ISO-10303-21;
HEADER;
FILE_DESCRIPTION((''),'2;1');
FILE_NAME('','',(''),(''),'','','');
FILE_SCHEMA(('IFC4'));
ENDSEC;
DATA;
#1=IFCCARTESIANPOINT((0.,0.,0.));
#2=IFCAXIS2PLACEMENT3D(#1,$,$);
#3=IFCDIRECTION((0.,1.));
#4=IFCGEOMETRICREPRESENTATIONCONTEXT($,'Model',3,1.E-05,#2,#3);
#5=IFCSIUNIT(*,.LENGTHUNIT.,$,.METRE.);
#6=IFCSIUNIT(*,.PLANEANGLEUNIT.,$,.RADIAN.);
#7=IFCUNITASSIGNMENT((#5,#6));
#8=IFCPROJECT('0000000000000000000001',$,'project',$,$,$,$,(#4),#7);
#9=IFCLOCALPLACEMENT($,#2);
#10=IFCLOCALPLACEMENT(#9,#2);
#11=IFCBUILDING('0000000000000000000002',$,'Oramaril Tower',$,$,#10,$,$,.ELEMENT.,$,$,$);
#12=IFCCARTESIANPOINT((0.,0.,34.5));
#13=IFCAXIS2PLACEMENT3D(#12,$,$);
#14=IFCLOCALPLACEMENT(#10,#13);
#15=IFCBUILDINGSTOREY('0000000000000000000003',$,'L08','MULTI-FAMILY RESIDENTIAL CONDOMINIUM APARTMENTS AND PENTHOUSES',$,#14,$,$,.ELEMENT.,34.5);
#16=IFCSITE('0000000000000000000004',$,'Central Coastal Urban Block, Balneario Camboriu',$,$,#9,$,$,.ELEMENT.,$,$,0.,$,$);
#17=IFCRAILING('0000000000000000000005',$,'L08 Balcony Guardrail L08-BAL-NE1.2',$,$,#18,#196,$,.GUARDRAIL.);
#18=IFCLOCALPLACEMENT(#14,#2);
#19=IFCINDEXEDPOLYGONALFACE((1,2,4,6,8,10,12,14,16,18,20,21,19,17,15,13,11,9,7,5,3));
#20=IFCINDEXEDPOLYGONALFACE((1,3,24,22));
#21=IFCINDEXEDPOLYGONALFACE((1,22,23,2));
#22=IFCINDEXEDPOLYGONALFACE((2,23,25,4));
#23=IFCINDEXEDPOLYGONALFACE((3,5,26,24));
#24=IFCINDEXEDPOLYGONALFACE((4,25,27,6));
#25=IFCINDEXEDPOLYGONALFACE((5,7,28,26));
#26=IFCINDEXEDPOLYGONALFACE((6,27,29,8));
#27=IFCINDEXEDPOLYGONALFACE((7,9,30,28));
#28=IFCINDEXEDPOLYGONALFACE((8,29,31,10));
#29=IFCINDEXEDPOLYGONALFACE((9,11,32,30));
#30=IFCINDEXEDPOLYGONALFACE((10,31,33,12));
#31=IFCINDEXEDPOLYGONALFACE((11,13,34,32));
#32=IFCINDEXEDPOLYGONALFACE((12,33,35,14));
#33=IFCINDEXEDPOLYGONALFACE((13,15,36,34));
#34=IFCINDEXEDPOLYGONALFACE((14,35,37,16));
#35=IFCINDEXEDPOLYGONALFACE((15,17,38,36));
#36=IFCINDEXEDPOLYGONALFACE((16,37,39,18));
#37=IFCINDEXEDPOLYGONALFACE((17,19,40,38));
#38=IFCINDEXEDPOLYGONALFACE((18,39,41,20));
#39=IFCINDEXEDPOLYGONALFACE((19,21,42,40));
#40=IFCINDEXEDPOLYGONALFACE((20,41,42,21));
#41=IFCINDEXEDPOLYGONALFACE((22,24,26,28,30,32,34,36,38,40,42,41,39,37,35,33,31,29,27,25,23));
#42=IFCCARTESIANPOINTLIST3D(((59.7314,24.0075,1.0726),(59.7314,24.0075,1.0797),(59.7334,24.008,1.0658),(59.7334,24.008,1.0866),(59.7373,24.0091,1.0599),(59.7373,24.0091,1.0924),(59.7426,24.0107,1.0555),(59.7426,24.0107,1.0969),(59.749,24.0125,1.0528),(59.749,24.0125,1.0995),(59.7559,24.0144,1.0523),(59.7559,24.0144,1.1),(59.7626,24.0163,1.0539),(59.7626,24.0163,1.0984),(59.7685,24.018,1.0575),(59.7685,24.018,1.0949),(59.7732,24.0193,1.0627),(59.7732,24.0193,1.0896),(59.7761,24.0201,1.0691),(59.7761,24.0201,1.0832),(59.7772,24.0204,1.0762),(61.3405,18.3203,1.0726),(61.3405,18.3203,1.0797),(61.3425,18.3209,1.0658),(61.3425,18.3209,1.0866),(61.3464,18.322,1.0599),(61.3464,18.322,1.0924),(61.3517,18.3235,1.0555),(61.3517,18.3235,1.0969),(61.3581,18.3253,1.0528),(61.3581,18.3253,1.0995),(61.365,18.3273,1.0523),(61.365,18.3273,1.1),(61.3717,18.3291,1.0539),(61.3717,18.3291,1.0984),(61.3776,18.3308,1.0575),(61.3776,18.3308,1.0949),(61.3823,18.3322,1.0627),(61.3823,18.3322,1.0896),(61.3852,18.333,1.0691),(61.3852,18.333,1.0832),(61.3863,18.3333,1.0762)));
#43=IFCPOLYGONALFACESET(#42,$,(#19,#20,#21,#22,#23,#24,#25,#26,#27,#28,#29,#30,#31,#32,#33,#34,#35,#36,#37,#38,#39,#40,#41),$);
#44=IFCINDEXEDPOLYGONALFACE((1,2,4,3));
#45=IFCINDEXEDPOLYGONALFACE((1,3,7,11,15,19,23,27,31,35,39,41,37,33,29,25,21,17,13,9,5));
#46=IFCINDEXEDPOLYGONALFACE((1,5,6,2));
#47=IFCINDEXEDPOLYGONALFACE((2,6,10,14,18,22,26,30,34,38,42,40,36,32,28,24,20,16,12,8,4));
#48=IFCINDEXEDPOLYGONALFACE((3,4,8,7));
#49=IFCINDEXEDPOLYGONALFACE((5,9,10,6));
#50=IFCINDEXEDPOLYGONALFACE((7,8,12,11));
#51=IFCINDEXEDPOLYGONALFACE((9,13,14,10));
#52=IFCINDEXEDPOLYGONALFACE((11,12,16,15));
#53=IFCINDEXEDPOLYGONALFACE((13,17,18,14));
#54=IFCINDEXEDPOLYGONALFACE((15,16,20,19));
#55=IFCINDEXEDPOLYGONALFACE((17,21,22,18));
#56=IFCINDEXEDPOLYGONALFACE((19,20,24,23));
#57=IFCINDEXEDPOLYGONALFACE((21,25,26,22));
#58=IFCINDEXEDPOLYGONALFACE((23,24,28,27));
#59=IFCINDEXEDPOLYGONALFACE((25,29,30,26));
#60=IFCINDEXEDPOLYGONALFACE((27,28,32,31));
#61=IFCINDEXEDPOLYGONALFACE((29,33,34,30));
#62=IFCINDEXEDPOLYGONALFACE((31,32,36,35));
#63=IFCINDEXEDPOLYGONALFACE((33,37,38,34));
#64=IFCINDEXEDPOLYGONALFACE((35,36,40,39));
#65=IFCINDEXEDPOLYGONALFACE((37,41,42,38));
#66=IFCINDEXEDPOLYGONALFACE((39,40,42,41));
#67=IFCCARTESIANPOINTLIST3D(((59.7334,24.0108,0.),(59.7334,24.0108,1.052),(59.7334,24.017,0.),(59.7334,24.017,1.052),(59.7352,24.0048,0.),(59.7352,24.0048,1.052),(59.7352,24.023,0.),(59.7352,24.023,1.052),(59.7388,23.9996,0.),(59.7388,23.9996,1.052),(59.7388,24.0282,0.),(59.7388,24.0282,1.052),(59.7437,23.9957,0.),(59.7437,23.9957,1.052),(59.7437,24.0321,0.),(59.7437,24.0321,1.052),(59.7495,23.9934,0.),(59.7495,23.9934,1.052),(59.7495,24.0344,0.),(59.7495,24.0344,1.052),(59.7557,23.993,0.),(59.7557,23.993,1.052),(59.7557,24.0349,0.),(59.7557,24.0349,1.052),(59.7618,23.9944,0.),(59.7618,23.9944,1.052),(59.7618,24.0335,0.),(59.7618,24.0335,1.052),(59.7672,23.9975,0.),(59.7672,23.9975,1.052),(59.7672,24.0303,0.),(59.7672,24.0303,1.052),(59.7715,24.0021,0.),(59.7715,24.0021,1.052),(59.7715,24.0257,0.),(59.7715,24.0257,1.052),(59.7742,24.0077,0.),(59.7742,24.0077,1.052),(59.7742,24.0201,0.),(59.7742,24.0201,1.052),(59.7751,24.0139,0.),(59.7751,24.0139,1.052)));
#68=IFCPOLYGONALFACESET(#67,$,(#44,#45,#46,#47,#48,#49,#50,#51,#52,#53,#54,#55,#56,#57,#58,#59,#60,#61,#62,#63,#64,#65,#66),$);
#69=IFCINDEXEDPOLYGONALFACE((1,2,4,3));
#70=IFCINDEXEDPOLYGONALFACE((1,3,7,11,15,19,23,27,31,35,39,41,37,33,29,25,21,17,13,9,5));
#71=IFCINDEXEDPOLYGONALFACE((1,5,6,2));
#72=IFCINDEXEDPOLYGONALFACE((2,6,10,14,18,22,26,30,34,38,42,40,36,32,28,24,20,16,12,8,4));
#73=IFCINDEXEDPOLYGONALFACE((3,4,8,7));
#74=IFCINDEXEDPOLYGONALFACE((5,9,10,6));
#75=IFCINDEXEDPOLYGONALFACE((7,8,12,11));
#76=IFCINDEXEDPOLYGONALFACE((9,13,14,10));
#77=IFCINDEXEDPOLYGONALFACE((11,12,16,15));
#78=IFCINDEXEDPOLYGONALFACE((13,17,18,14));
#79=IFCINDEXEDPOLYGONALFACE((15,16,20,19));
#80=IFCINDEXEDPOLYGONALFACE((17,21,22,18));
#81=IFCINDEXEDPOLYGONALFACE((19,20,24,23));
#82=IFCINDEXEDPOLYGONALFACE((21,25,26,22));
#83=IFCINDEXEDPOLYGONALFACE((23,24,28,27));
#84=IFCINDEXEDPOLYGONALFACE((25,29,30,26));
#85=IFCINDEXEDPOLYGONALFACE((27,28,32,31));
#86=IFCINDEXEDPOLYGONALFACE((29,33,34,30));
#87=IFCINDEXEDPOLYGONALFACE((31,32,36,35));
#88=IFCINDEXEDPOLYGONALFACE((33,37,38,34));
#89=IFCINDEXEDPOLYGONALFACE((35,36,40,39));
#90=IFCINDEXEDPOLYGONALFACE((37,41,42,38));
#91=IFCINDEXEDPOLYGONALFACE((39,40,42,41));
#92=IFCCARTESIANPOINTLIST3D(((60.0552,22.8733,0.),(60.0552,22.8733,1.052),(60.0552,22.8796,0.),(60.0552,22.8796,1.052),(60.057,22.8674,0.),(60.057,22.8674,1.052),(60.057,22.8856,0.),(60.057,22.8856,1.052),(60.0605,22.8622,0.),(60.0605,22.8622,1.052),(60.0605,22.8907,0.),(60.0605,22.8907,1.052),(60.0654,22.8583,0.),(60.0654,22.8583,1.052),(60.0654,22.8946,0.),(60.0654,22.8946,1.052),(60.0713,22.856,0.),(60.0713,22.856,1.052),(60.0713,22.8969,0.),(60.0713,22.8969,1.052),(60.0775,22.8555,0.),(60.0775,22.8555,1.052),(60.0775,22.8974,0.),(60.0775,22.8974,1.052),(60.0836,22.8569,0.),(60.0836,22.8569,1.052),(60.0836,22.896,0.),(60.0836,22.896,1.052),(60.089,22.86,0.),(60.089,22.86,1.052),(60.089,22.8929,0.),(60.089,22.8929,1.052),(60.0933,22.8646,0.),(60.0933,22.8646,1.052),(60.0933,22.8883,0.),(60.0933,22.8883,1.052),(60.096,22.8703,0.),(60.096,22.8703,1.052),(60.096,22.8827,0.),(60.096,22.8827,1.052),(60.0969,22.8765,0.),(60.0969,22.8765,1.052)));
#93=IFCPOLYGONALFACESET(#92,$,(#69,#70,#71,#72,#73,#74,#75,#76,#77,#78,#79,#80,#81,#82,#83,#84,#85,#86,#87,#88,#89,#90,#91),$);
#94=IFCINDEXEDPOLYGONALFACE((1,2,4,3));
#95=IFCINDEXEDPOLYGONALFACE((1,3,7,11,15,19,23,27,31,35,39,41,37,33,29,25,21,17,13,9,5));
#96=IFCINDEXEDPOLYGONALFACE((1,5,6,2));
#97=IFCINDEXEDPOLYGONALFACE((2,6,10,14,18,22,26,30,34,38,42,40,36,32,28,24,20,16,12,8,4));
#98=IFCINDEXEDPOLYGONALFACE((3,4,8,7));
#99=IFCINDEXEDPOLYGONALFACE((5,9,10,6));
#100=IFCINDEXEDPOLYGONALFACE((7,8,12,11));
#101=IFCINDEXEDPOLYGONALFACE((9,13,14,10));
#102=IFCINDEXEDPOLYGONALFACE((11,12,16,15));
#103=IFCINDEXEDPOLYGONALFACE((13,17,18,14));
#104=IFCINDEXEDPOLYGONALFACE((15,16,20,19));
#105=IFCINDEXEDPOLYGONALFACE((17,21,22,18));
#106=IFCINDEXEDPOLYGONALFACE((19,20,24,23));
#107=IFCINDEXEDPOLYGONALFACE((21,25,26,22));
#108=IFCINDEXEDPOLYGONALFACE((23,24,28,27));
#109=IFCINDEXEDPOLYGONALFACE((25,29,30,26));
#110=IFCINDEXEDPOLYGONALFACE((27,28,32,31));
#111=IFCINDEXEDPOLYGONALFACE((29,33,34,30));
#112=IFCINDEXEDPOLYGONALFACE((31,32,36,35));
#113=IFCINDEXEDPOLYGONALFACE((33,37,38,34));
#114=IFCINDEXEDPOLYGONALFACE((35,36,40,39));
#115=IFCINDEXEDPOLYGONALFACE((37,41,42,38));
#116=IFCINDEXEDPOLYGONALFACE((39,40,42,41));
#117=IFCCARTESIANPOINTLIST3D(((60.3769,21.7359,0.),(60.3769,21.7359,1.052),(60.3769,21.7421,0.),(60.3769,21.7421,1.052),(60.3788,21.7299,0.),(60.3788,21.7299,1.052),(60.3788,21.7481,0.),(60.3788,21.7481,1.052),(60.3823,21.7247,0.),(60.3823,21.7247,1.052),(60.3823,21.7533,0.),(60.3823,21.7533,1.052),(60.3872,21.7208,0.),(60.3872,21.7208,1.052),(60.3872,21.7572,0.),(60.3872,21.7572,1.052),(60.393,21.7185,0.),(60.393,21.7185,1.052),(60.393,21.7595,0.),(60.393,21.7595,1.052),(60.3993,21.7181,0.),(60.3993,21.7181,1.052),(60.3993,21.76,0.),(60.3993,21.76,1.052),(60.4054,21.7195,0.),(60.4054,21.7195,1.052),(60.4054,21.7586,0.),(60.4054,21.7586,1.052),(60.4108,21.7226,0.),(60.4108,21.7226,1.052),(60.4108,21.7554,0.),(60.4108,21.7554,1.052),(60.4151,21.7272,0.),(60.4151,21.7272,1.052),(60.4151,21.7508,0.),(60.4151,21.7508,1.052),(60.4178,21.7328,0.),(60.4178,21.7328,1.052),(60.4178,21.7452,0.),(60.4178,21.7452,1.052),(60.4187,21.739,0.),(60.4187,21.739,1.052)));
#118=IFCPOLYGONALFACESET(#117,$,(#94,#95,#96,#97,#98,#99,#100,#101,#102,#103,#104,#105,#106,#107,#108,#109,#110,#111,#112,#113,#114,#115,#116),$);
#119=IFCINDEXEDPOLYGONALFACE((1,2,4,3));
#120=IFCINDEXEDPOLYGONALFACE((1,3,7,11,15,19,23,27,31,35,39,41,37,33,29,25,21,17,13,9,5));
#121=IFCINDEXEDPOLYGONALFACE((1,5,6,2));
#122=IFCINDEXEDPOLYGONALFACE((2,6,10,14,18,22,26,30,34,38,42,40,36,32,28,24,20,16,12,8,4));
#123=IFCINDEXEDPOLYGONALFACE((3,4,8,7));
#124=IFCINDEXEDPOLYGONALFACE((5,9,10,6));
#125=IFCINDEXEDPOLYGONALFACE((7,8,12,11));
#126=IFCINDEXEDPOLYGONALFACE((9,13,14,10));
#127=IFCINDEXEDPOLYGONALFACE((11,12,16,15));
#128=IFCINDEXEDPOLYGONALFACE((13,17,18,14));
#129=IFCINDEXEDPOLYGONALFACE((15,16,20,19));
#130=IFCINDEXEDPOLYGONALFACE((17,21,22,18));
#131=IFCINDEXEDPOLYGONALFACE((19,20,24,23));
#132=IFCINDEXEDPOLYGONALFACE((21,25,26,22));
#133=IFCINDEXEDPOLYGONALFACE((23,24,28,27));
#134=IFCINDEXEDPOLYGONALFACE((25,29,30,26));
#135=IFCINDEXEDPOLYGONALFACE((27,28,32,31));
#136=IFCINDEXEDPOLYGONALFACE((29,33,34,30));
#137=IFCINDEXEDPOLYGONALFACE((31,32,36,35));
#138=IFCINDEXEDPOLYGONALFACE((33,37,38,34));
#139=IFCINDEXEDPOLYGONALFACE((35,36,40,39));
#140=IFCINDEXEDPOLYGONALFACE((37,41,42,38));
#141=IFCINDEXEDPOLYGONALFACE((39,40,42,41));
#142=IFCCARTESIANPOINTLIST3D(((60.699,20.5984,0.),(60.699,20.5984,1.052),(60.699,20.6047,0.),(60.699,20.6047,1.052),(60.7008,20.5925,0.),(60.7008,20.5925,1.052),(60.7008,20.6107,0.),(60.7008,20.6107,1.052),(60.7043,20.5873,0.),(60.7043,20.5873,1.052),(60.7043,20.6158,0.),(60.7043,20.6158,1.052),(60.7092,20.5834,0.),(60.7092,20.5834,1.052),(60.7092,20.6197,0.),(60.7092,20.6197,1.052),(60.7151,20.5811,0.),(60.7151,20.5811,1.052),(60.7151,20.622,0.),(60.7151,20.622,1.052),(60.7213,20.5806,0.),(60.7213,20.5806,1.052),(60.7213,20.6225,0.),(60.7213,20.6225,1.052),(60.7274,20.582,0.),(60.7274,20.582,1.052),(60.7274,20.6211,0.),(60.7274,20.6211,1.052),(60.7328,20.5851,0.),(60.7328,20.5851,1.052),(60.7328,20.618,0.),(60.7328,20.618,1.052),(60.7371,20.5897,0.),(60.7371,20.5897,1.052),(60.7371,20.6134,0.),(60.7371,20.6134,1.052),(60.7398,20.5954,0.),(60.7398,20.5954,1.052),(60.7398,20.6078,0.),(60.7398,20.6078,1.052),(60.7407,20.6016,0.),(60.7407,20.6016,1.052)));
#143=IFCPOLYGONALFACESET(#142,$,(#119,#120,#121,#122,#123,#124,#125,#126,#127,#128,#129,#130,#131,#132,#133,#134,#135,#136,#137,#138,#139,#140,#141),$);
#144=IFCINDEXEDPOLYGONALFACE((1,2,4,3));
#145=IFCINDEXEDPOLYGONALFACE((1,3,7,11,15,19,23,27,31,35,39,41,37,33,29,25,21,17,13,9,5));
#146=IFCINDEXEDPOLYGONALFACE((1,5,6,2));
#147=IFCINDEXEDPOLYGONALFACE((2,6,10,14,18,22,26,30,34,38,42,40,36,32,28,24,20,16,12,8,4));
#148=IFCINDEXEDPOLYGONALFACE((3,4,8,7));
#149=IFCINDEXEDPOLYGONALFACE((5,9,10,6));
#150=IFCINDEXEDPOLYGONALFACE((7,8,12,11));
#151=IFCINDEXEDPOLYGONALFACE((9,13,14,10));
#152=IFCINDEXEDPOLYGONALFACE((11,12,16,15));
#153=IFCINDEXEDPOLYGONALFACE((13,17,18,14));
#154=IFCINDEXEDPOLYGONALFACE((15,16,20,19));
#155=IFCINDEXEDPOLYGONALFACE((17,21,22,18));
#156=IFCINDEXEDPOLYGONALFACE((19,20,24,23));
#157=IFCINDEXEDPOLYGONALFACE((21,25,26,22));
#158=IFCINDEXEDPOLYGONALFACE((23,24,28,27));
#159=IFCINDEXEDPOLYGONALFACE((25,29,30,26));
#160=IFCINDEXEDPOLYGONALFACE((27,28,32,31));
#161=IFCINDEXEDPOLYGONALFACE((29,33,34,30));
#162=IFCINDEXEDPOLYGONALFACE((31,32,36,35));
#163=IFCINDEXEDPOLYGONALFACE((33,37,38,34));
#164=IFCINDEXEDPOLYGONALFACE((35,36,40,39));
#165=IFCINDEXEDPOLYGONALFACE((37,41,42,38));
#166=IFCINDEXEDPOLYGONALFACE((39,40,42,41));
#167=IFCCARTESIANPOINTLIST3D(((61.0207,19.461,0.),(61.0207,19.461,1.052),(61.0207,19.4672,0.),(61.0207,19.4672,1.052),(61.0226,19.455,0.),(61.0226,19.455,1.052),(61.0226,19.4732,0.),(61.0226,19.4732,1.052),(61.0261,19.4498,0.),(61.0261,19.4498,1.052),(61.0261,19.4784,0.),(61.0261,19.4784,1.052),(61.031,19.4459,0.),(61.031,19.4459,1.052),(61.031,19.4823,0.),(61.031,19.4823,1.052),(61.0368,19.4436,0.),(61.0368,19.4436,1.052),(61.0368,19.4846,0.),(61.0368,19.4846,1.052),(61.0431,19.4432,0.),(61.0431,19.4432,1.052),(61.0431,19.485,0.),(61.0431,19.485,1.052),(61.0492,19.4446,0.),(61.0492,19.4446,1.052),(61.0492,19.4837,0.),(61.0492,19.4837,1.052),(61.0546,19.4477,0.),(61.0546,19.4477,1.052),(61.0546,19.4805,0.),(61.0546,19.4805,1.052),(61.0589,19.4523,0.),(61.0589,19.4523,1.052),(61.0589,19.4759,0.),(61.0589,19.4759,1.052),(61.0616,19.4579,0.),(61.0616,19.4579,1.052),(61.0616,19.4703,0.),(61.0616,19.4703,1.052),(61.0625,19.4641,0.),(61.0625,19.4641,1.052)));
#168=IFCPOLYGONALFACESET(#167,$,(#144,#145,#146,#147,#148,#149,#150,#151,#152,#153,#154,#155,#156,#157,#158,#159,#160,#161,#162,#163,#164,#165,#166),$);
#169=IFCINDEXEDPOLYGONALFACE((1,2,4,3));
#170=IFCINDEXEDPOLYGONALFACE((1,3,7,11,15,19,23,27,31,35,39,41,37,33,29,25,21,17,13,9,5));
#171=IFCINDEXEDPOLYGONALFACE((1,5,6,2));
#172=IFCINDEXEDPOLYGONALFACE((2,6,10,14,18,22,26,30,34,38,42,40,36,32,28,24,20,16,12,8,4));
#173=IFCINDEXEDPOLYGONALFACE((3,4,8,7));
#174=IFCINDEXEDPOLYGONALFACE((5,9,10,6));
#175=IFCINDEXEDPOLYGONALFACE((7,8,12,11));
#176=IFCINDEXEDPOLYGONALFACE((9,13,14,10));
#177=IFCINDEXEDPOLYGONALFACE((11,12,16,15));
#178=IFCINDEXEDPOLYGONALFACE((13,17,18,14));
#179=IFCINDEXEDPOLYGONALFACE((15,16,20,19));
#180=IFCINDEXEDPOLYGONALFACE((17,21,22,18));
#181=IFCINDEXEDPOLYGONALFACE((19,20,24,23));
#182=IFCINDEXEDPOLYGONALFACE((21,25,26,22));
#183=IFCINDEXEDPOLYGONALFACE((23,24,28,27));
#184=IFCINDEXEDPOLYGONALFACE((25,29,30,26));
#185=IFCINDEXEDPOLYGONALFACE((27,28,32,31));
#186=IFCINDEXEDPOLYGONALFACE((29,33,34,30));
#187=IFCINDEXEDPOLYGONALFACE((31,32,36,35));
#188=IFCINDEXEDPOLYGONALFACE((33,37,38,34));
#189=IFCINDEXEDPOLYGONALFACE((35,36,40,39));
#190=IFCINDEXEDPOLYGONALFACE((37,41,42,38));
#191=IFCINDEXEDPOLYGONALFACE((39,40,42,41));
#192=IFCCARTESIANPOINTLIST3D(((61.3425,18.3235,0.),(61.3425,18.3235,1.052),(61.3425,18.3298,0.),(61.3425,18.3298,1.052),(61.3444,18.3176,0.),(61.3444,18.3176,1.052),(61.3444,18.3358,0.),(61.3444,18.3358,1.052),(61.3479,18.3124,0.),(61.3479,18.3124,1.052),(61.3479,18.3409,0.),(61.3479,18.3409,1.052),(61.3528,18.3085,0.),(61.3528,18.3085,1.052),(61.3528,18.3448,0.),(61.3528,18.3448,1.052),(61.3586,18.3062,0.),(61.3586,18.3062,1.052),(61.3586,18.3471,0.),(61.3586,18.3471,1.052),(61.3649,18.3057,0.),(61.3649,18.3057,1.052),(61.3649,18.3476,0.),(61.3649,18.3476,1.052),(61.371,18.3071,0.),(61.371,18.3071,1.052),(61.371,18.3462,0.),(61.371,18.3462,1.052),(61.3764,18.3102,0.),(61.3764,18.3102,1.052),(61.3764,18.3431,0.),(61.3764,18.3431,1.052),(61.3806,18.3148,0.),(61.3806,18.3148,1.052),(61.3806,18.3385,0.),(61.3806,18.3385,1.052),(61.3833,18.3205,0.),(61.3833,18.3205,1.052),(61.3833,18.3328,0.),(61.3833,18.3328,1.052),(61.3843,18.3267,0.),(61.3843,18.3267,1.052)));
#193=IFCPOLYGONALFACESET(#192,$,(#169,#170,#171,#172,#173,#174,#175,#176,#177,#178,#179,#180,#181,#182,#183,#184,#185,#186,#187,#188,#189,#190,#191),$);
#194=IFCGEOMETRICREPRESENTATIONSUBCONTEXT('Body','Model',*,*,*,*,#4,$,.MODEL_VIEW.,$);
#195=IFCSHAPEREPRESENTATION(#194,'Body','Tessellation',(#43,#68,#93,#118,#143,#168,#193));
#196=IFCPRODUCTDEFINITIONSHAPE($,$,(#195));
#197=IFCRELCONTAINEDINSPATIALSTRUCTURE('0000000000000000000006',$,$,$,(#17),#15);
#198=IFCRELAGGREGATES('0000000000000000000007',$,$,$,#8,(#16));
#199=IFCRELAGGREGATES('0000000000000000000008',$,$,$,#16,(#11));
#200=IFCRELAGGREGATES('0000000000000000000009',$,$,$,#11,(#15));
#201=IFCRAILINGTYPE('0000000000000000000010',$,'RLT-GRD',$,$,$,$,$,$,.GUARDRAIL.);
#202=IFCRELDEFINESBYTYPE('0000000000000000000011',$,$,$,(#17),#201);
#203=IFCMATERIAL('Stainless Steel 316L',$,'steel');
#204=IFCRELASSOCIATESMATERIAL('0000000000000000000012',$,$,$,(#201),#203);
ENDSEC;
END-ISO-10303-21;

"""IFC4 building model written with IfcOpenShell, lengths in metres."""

from ifc_helpers import new_model, si_unit, direction, frame, origin, origin_2d, place, context, subcontext, project, spatial, circle, extrude, material, type_object, element, save


model = new_model("IFC4")

# Units and contexts
model_context = context("Model", 3, precision=1e-05, world=origin(), true_north=direction((0.0, 1.0)))
body_context = subcontext(model_context, "Body", "Model", "MODEL_VIEW")
ifc_project = project(units=[si_unit("LENGTHUNIT", "METRE"), si_unit("PLANEANGLEUNIT", "RADIAN")], contexts=[model_context])

# Site, building, storey
site_placement = place(None, origin())
site = spatial("IfcSite", under=ifc_project, at=site_placement, Name="Central Coastal Urban Block, Balneario Camboriu", CompositionType="ELEMENT", RefElevation=0.0)
building_placement = place(site_placement, origin())
building = spatial("IfcBuilding", under=site, at=building_placement, Name="Oramaril Tower", CompositionType="ELEMENT")
storey_placement = place(building_placement, frame((0.0, 0.0, 34.5)))
storey = spatial("IfcBuildingStorey", under=building, at=storey_placement, Name="L08", Description="MULTI-FAMILY RESIDENTIAL CONDOMINIUM APARTMENTS AND PENTHOUSES", CompositionType="ELEMENT", Elevation=34.5)

# Railing
ifc_material_1 = material(Name="Stainless Steel 316L", Category="steel")
railing_type = type_object("IfcRailingType", Name="RLT-GRD", PredefinedType="GUARDRAIL", material=ifc_material_1)
railing_1_placement = place(storey_placement, frame((59.7542, 24.0139, 0.0)))
element("IfcRailing", 1, at=railing_1_placement, inside=storey, type_object=railing_type, Name="L08 Balcony Guardrail L08-BAL-NE1.2", PredefinedType="GUARDRAIL", context=body_context, shape_type="SweptSolid", body=[
    extrude(circle(Radius=0.0239, at=origin_2d()), frame((0.0, 0.0, 1.0762), z_axis=(0.272249, -0.962227, 0.0), x_axis=(0.962227, 0.272249, 0.0)), (0.0, 0.0, 1.0), 5.9104),
    extrude(circle(Radius=0.021, at=origin_2d()), origin(), (0.0, 0.0, 1.0), 1.052),
    extrude(circle(Radius=0.021, at=origin_2d()), frame((0.3218, -1.1375, 0.0)), (0.0, 0.0, 1.0), 1.052),
    extrude(circle(Radius=0.021, at=origin_2d()), frame((0.6436, -2.2749, 0.0)), (0.0, 0.0, 1.0), 1.052),
    extrude(circle(Radius=0.021, at=origin_2d()), frame((0.9656, -3.4124, 0.0)), (0.0, 0.0, 1.0), 1.052),
    extrude(circle(Radius=0.021, at=origin_2d()), frame((1.2874, -4.5498, 0.0)), (0.0, 0.0, 1.0), 1.052),
    extrude(circle(Radius=0.021, at=origin_2d()), frame((1.6091, -5.6873, 0.0)), (0.0, 0.0, 1.0), 1.052),
])

save(model, "model.ifc")
